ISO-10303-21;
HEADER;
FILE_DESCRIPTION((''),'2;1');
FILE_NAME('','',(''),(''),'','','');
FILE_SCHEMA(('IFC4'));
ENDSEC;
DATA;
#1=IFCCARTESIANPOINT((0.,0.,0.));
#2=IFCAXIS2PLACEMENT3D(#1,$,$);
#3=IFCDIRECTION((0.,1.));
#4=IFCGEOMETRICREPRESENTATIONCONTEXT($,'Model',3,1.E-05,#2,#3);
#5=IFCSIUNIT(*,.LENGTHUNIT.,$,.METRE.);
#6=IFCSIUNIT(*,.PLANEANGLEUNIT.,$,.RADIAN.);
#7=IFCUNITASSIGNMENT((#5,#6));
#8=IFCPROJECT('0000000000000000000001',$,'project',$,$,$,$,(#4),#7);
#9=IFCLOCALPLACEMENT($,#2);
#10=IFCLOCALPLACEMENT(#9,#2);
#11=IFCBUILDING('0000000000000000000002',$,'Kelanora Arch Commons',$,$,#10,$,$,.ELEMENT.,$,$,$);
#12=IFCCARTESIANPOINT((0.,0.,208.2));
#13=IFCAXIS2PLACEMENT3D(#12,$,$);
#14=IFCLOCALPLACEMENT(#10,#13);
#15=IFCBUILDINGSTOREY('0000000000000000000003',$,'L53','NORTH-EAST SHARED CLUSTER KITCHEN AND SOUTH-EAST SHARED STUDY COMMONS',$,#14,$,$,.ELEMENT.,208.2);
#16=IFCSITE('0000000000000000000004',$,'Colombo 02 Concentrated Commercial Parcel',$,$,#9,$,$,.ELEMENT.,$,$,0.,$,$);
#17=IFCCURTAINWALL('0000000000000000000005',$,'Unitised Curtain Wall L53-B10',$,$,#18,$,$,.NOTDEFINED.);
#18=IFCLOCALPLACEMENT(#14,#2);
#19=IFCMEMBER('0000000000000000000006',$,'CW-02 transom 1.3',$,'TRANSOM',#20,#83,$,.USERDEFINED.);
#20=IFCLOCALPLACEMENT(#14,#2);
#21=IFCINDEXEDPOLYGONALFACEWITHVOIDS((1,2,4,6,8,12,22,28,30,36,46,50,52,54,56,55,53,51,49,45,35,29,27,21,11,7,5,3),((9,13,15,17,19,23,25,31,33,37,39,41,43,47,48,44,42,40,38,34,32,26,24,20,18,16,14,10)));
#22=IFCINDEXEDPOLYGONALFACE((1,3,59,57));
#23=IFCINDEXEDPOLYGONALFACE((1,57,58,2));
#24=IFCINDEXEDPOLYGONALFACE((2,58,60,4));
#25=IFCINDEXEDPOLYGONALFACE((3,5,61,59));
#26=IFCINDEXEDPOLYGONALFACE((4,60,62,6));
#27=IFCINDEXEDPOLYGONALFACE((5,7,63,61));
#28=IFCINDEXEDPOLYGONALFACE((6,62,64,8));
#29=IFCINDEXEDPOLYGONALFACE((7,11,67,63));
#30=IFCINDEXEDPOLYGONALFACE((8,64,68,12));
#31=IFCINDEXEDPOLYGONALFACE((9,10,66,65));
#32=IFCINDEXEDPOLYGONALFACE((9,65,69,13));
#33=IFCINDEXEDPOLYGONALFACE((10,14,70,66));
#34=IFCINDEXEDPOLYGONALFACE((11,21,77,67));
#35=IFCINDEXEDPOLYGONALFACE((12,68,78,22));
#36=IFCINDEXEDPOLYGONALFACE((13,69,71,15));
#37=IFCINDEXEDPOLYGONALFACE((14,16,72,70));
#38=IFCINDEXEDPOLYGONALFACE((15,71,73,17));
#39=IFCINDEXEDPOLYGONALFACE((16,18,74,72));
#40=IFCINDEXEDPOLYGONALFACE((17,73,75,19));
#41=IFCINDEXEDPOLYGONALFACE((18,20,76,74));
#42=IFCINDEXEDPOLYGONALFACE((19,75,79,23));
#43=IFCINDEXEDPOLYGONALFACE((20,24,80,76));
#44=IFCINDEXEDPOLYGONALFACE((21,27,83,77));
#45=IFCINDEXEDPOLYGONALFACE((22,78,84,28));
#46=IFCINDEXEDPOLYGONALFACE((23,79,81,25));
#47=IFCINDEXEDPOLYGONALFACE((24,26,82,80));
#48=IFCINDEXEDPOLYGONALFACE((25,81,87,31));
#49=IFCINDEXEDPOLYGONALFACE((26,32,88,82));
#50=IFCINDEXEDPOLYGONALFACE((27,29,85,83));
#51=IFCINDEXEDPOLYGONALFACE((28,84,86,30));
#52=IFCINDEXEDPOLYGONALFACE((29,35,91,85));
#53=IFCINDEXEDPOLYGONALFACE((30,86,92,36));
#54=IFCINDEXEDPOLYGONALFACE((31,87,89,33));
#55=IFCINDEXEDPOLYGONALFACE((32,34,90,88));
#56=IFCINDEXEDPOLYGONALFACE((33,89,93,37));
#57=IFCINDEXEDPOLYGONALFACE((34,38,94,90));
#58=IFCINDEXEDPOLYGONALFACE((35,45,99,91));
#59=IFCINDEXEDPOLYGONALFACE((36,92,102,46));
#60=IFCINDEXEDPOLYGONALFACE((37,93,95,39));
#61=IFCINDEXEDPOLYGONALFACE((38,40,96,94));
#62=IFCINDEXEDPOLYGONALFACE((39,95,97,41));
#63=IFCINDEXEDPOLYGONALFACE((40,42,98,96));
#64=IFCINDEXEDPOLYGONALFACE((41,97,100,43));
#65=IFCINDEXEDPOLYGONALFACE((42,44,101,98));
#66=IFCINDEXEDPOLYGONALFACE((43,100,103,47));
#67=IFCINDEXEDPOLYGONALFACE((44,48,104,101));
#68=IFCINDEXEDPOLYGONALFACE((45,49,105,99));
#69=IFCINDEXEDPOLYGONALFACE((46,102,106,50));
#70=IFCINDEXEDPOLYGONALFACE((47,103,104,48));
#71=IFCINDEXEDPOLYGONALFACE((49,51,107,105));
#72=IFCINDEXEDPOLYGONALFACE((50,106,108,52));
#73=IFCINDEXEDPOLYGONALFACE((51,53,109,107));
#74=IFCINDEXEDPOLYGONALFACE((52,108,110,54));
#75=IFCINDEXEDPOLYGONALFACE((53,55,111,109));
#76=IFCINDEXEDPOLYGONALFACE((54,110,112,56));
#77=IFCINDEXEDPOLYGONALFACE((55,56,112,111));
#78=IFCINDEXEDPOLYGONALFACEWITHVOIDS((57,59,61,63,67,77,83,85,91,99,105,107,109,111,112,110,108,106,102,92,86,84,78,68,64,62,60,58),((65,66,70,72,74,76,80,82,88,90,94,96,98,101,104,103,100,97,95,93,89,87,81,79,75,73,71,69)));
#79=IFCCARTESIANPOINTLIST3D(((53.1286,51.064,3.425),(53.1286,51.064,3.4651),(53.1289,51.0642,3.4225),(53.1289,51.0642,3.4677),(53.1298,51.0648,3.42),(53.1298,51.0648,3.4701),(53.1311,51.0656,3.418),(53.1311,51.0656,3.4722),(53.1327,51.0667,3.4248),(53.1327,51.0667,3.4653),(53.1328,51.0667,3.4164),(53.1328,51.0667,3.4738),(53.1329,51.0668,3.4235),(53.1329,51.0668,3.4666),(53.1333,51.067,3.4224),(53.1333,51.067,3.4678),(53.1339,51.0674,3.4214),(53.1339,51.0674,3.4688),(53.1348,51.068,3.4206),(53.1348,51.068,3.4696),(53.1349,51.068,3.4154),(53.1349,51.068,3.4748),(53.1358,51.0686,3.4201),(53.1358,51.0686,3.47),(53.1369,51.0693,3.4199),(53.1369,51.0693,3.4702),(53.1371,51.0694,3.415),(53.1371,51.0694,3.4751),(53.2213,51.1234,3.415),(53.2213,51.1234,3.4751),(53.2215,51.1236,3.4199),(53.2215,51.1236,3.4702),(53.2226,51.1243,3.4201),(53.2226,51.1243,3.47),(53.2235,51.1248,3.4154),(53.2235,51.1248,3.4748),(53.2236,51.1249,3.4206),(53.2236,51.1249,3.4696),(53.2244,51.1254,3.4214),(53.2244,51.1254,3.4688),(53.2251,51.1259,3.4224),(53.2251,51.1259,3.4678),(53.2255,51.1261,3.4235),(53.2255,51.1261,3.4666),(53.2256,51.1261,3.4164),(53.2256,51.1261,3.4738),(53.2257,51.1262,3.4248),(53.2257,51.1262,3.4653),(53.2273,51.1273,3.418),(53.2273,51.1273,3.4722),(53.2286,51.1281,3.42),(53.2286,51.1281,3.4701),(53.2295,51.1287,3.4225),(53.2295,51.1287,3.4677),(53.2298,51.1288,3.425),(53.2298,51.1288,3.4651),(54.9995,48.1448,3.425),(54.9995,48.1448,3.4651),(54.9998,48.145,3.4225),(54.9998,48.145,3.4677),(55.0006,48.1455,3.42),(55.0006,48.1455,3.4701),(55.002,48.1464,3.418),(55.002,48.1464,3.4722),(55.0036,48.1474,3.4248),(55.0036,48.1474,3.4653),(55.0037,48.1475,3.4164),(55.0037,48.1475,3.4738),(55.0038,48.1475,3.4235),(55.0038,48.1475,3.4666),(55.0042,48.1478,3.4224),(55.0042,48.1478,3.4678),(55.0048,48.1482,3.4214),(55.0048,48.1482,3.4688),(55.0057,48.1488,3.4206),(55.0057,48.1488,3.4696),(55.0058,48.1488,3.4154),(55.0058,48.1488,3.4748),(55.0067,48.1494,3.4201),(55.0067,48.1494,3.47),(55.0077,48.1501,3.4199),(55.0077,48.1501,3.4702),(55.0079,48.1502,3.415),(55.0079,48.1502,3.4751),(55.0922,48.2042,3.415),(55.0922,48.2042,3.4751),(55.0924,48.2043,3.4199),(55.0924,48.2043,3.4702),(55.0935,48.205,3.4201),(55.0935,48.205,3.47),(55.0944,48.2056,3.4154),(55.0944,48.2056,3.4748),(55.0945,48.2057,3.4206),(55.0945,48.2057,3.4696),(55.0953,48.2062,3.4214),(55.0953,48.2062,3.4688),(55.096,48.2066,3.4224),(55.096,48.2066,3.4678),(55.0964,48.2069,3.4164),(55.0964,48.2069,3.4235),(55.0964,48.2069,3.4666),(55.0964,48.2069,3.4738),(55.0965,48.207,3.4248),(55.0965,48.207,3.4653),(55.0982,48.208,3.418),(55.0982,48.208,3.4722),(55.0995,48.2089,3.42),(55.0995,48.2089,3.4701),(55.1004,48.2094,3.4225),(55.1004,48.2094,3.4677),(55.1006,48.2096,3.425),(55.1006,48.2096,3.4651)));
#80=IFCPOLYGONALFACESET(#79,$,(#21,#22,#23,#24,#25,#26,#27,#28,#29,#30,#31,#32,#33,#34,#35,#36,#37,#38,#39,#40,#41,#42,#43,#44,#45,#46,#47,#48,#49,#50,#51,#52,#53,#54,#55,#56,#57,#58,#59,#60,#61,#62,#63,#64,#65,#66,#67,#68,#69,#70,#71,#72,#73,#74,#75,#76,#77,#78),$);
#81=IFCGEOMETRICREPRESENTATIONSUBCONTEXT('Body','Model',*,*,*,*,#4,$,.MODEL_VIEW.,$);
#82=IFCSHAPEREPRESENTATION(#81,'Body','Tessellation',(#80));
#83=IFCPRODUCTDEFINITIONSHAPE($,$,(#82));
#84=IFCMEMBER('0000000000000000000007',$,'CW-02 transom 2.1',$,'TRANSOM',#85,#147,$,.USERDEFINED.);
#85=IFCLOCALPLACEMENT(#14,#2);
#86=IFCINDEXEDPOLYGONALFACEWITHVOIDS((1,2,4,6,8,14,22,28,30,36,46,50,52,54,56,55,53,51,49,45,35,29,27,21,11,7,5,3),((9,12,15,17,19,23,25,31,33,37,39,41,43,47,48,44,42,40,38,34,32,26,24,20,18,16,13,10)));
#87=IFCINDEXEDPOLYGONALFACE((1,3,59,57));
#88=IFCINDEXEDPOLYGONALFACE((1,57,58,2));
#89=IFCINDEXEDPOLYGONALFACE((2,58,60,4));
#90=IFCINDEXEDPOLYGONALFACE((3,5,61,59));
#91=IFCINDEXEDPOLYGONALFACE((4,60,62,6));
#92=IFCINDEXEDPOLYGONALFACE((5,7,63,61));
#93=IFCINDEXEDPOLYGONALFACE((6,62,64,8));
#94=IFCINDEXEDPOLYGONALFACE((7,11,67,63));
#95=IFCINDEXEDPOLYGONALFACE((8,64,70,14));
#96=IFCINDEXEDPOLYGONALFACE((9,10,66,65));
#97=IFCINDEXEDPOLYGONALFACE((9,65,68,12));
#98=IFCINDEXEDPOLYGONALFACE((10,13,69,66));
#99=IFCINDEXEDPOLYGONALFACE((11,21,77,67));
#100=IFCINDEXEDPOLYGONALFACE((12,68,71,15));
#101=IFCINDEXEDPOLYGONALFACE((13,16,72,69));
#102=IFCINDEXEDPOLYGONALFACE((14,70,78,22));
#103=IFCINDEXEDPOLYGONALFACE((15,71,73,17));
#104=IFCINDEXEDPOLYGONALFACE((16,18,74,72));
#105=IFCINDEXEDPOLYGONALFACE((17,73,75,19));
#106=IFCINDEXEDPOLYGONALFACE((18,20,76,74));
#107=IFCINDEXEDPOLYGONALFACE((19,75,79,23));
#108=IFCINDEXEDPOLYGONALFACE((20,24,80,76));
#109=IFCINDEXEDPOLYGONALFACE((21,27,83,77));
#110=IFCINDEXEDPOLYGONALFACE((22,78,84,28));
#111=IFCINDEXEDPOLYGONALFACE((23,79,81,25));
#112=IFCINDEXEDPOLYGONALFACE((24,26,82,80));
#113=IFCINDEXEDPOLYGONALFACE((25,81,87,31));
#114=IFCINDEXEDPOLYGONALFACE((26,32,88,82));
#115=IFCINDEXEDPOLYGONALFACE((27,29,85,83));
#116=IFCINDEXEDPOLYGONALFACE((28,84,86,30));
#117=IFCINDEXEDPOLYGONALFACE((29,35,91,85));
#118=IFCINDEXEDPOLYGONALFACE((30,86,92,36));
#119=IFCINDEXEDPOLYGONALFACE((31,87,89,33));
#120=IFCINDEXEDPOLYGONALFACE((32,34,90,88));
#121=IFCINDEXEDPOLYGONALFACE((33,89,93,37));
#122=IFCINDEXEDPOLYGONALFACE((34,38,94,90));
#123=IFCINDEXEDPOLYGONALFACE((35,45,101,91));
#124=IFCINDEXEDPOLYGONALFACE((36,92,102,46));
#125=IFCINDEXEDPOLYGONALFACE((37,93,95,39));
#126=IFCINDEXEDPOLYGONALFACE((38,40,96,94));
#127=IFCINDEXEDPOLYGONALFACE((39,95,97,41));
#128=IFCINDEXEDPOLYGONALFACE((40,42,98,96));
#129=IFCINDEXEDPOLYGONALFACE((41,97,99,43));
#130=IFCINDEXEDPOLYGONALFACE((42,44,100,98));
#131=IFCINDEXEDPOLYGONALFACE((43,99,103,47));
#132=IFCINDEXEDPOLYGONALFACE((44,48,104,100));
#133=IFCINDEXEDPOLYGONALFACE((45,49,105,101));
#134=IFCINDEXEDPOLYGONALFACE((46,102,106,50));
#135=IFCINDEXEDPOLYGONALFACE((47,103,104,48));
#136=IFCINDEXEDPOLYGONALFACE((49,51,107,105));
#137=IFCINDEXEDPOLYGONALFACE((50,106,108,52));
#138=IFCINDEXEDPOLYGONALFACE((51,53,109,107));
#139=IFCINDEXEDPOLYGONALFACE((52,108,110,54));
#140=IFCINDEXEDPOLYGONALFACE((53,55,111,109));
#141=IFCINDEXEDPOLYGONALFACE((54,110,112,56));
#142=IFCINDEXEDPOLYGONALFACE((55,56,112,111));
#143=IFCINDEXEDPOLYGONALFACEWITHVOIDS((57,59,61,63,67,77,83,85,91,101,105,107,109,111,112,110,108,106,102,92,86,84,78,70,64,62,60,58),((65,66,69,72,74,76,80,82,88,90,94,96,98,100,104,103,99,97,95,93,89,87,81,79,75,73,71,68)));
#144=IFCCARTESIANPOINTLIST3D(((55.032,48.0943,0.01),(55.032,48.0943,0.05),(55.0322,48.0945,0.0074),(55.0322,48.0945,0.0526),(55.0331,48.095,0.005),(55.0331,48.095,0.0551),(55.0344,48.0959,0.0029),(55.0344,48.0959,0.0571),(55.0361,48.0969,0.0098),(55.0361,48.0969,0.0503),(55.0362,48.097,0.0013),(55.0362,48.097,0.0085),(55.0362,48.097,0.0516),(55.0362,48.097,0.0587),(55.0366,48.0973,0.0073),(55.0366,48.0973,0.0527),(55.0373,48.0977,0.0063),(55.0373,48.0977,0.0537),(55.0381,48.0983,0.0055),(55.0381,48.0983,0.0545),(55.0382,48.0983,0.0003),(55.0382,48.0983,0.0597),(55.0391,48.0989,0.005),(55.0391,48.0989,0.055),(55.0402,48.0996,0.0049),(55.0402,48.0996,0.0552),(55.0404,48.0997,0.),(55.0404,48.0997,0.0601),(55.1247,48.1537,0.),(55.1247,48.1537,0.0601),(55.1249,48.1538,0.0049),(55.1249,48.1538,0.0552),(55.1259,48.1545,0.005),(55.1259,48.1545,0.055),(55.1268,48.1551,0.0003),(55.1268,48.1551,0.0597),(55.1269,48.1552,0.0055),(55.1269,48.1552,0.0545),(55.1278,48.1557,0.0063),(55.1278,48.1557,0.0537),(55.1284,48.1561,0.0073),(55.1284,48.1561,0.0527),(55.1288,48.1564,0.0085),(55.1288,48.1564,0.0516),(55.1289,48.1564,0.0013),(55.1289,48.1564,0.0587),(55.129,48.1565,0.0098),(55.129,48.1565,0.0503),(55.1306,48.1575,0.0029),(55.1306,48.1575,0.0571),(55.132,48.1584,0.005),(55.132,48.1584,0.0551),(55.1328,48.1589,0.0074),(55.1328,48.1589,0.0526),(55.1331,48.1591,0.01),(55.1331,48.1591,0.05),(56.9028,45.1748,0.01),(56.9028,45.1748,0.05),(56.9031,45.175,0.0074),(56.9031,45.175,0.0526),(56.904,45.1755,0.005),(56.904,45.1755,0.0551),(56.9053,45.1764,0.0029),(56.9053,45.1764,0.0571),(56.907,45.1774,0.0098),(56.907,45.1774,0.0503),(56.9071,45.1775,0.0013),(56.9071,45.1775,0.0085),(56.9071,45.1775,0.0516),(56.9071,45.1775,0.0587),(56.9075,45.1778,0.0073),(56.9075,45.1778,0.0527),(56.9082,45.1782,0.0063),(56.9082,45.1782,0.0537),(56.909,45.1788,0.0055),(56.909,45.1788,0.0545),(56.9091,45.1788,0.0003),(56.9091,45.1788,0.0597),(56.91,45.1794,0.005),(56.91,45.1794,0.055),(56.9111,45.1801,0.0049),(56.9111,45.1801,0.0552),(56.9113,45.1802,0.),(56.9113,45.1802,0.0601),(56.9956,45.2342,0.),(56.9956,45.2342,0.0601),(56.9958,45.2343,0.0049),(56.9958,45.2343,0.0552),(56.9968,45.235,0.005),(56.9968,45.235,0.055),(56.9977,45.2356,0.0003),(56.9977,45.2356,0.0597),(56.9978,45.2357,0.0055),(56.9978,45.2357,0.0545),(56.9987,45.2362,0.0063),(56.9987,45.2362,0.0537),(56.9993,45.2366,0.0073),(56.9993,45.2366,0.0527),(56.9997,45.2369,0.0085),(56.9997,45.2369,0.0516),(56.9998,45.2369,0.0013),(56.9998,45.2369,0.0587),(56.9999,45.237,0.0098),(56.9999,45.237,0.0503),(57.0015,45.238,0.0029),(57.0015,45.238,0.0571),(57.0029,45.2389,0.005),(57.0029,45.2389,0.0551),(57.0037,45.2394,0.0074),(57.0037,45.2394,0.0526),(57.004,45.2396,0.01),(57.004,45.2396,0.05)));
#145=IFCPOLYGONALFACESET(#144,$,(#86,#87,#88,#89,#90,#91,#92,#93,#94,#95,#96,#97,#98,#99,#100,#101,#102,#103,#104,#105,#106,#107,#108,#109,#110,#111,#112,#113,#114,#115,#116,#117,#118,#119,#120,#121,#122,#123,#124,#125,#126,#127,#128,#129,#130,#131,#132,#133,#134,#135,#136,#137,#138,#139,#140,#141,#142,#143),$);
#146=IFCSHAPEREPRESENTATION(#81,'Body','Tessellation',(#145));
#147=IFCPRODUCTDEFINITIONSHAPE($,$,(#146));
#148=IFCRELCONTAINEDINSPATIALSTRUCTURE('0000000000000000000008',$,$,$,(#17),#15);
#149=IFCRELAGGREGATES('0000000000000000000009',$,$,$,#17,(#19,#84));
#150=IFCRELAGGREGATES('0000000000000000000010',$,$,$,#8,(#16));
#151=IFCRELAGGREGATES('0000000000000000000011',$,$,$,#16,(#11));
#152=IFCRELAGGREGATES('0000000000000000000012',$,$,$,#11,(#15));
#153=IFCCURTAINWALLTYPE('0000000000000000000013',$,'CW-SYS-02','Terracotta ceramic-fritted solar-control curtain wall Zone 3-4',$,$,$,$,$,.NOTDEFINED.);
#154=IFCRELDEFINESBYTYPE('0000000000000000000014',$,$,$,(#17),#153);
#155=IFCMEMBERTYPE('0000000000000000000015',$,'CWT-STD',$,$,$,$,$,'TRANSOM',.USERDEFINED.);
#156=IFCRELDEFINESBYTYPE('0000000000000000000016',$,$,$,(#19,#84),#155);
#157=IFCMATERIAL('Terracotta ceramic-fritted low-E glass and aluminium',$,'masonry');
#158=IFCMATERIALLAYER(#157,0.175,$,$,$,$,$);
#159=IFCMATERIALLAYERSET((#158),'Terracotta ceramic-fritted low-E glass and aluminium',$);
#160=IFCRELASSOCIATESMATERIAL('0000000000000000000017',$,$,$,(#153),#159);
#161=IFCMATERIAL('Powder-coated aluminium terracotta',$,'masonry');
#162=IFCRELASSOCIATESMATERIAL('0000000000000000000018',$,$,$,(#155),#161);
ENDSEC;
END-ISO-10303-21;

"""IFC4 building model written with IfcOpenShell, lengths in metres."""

from ifc_helpers import new_model, si_unit, direction, frame, origin, origin_2d, place, context, subcontext, project, spatial, hollow_rectangle, extrude, material, layer, layer_set, material_profile, profile_set, type_object, element, aggregate, save


model = new_model("IFC4")

# Units and contexts
model_context = context("Model", 3, precision=1e-05, world=origin(), true_north=direction((0.0, 1.0)))
body_context = subcontext(model_context, "Body", "Model", "MODEL_VIEW")
ifc_project = project(units=[si_unit("LENGTHUNIT", "METRE"), si_unit("PLANEANGLEUNIT", "RADIAN")], contexts=[model_context])

# Site, building, storey
site_placement = place(None, origin())
site = spatial("IfcSite", under=ifc_project, at=site_placement, Name="Colombo 02 Concentrated Commercial Parcel", CompositionType="ELEMENT", RefElevation=0.0)
building_placement = place(site_placement, origin())
building = spatial("IfcBuilding", under=site, at=building_placement, Name="Kelanora Arch Commons", CompositionType="ELEMENT")
storey_placement = place(building_placement, frame((0.0, 0.0, 208.2)))
storey = spatial("IfcBuildingStorey", under=building, at=storey_placement, Name="L53", Description="NORTH-EAST SHARED CLUSTER KITCHEN AND SOUTH-EAST SHARED STUDY COMMONS", CompositionType="ELEMENT", Elevation=208.2)

# Curtain wall, members
ifc_material_1 = material(Name="Terracotta ceramic-fritted low-E glass and aluminium", Category="masonry")
ifc_layer_1 = layer(ifc_material_1, 0.175)
ifc_layer_set_1 = layer_set([ifc_layer_1], Name="Terracotta ceramic-fritted low-E glass and aluminium")
curtain_wall_type = type_object("IfcCurtainWallType", Name="CW-SYS-02", Description="Terracotta ceramic-fritted solar-control curtain wall Zone 3-4", PredefinedType="NOTDEFINED", material=ifc_layer_set_1)
curtain_wall_placement = place(storey_placement, origin())
curtain_wall = element("IfcCurtainWall", 1, at=curtain_wall_placement, inside=storey, type_object=curtain_wall_type, Name="Unitised Curtain Wall L53-B10", PredefinedType="NOTDEFINED")
ifc_material_2 = material(Name="Powder-coated aluminium terracotta", Category="masonry")
ifc_material_profile_1 = material_profile(ifc_material_2, hollow_rectangle(XDim=0.1201, YDim=0.0601, WallThickness=0.0049, InnerFilletRadius=0.0049, OuterFilletRadius=0.01, at=origin_2d()), Name="CWT120x60")
ifc_profile_set_1 = profile_set([ifc_material_profile_1], Name="Powder-coated aluminium terracotta")
member_type_1 = type_object("IfcMemberType", Name="CWT-STD", ElementType="TRANSOM", PredefinedType="USERDEFINED", material=ifc_profile_set_1)
member_1_placement = place(storey_placement, frame((53.1792, 51.0964, 3.4451), z_axis=(0.539579, -0.841935, 0.0), x_axis=(0.841935, 0.539579, 0.0)))
member_1 = element("IfcMember", 2, at=member_1_placement, type_object=member_type_1, Name="CW-02 transom 1.3", ObjectType="TRANSOM", PredefinedType="USERDEFINED", context=body_context, shape_type="SweptSolid", body=[
    extrude(hollow_rectangle(XDim=0.1201, YDim=0.0601, WallThickness=0.0049, InnerFilletRadius=0.0049, OuterFilletRadius=0.01, at=origin_2d()), origin(), (0.0, 0.0, 1.0), 3.4673),
])
member_2_placement = place(storey_placement, frame((55.0825, 48.1267, 0.03), z_axis=(0.539547, -0.841955, 0.0), x_axis=(0.841955, 0.539547, 0.0)))
member_2 = element("IfcMember", 3, at=member_2_placement, type_object=member_type_1, Name="CW-02 transom 2.1", ObjectType="TRANSOM", PredefinedType="USERDEFINED", context=body_context, shape_type="SweptSolid", body=[
    extrude(hollow_rectangle(XDim=0.1201, YDim=0.0601, WallThickness=0.0049, InnerFilletRadius=0.0049, OuterFilletRadius=0.01, at=origin_2d()), origin(), (0.0, 0.0, 1.0), 3.4675),
])

aggregate(curtain_wall, [member_1, member_2])

save(model, "model.ifc")
